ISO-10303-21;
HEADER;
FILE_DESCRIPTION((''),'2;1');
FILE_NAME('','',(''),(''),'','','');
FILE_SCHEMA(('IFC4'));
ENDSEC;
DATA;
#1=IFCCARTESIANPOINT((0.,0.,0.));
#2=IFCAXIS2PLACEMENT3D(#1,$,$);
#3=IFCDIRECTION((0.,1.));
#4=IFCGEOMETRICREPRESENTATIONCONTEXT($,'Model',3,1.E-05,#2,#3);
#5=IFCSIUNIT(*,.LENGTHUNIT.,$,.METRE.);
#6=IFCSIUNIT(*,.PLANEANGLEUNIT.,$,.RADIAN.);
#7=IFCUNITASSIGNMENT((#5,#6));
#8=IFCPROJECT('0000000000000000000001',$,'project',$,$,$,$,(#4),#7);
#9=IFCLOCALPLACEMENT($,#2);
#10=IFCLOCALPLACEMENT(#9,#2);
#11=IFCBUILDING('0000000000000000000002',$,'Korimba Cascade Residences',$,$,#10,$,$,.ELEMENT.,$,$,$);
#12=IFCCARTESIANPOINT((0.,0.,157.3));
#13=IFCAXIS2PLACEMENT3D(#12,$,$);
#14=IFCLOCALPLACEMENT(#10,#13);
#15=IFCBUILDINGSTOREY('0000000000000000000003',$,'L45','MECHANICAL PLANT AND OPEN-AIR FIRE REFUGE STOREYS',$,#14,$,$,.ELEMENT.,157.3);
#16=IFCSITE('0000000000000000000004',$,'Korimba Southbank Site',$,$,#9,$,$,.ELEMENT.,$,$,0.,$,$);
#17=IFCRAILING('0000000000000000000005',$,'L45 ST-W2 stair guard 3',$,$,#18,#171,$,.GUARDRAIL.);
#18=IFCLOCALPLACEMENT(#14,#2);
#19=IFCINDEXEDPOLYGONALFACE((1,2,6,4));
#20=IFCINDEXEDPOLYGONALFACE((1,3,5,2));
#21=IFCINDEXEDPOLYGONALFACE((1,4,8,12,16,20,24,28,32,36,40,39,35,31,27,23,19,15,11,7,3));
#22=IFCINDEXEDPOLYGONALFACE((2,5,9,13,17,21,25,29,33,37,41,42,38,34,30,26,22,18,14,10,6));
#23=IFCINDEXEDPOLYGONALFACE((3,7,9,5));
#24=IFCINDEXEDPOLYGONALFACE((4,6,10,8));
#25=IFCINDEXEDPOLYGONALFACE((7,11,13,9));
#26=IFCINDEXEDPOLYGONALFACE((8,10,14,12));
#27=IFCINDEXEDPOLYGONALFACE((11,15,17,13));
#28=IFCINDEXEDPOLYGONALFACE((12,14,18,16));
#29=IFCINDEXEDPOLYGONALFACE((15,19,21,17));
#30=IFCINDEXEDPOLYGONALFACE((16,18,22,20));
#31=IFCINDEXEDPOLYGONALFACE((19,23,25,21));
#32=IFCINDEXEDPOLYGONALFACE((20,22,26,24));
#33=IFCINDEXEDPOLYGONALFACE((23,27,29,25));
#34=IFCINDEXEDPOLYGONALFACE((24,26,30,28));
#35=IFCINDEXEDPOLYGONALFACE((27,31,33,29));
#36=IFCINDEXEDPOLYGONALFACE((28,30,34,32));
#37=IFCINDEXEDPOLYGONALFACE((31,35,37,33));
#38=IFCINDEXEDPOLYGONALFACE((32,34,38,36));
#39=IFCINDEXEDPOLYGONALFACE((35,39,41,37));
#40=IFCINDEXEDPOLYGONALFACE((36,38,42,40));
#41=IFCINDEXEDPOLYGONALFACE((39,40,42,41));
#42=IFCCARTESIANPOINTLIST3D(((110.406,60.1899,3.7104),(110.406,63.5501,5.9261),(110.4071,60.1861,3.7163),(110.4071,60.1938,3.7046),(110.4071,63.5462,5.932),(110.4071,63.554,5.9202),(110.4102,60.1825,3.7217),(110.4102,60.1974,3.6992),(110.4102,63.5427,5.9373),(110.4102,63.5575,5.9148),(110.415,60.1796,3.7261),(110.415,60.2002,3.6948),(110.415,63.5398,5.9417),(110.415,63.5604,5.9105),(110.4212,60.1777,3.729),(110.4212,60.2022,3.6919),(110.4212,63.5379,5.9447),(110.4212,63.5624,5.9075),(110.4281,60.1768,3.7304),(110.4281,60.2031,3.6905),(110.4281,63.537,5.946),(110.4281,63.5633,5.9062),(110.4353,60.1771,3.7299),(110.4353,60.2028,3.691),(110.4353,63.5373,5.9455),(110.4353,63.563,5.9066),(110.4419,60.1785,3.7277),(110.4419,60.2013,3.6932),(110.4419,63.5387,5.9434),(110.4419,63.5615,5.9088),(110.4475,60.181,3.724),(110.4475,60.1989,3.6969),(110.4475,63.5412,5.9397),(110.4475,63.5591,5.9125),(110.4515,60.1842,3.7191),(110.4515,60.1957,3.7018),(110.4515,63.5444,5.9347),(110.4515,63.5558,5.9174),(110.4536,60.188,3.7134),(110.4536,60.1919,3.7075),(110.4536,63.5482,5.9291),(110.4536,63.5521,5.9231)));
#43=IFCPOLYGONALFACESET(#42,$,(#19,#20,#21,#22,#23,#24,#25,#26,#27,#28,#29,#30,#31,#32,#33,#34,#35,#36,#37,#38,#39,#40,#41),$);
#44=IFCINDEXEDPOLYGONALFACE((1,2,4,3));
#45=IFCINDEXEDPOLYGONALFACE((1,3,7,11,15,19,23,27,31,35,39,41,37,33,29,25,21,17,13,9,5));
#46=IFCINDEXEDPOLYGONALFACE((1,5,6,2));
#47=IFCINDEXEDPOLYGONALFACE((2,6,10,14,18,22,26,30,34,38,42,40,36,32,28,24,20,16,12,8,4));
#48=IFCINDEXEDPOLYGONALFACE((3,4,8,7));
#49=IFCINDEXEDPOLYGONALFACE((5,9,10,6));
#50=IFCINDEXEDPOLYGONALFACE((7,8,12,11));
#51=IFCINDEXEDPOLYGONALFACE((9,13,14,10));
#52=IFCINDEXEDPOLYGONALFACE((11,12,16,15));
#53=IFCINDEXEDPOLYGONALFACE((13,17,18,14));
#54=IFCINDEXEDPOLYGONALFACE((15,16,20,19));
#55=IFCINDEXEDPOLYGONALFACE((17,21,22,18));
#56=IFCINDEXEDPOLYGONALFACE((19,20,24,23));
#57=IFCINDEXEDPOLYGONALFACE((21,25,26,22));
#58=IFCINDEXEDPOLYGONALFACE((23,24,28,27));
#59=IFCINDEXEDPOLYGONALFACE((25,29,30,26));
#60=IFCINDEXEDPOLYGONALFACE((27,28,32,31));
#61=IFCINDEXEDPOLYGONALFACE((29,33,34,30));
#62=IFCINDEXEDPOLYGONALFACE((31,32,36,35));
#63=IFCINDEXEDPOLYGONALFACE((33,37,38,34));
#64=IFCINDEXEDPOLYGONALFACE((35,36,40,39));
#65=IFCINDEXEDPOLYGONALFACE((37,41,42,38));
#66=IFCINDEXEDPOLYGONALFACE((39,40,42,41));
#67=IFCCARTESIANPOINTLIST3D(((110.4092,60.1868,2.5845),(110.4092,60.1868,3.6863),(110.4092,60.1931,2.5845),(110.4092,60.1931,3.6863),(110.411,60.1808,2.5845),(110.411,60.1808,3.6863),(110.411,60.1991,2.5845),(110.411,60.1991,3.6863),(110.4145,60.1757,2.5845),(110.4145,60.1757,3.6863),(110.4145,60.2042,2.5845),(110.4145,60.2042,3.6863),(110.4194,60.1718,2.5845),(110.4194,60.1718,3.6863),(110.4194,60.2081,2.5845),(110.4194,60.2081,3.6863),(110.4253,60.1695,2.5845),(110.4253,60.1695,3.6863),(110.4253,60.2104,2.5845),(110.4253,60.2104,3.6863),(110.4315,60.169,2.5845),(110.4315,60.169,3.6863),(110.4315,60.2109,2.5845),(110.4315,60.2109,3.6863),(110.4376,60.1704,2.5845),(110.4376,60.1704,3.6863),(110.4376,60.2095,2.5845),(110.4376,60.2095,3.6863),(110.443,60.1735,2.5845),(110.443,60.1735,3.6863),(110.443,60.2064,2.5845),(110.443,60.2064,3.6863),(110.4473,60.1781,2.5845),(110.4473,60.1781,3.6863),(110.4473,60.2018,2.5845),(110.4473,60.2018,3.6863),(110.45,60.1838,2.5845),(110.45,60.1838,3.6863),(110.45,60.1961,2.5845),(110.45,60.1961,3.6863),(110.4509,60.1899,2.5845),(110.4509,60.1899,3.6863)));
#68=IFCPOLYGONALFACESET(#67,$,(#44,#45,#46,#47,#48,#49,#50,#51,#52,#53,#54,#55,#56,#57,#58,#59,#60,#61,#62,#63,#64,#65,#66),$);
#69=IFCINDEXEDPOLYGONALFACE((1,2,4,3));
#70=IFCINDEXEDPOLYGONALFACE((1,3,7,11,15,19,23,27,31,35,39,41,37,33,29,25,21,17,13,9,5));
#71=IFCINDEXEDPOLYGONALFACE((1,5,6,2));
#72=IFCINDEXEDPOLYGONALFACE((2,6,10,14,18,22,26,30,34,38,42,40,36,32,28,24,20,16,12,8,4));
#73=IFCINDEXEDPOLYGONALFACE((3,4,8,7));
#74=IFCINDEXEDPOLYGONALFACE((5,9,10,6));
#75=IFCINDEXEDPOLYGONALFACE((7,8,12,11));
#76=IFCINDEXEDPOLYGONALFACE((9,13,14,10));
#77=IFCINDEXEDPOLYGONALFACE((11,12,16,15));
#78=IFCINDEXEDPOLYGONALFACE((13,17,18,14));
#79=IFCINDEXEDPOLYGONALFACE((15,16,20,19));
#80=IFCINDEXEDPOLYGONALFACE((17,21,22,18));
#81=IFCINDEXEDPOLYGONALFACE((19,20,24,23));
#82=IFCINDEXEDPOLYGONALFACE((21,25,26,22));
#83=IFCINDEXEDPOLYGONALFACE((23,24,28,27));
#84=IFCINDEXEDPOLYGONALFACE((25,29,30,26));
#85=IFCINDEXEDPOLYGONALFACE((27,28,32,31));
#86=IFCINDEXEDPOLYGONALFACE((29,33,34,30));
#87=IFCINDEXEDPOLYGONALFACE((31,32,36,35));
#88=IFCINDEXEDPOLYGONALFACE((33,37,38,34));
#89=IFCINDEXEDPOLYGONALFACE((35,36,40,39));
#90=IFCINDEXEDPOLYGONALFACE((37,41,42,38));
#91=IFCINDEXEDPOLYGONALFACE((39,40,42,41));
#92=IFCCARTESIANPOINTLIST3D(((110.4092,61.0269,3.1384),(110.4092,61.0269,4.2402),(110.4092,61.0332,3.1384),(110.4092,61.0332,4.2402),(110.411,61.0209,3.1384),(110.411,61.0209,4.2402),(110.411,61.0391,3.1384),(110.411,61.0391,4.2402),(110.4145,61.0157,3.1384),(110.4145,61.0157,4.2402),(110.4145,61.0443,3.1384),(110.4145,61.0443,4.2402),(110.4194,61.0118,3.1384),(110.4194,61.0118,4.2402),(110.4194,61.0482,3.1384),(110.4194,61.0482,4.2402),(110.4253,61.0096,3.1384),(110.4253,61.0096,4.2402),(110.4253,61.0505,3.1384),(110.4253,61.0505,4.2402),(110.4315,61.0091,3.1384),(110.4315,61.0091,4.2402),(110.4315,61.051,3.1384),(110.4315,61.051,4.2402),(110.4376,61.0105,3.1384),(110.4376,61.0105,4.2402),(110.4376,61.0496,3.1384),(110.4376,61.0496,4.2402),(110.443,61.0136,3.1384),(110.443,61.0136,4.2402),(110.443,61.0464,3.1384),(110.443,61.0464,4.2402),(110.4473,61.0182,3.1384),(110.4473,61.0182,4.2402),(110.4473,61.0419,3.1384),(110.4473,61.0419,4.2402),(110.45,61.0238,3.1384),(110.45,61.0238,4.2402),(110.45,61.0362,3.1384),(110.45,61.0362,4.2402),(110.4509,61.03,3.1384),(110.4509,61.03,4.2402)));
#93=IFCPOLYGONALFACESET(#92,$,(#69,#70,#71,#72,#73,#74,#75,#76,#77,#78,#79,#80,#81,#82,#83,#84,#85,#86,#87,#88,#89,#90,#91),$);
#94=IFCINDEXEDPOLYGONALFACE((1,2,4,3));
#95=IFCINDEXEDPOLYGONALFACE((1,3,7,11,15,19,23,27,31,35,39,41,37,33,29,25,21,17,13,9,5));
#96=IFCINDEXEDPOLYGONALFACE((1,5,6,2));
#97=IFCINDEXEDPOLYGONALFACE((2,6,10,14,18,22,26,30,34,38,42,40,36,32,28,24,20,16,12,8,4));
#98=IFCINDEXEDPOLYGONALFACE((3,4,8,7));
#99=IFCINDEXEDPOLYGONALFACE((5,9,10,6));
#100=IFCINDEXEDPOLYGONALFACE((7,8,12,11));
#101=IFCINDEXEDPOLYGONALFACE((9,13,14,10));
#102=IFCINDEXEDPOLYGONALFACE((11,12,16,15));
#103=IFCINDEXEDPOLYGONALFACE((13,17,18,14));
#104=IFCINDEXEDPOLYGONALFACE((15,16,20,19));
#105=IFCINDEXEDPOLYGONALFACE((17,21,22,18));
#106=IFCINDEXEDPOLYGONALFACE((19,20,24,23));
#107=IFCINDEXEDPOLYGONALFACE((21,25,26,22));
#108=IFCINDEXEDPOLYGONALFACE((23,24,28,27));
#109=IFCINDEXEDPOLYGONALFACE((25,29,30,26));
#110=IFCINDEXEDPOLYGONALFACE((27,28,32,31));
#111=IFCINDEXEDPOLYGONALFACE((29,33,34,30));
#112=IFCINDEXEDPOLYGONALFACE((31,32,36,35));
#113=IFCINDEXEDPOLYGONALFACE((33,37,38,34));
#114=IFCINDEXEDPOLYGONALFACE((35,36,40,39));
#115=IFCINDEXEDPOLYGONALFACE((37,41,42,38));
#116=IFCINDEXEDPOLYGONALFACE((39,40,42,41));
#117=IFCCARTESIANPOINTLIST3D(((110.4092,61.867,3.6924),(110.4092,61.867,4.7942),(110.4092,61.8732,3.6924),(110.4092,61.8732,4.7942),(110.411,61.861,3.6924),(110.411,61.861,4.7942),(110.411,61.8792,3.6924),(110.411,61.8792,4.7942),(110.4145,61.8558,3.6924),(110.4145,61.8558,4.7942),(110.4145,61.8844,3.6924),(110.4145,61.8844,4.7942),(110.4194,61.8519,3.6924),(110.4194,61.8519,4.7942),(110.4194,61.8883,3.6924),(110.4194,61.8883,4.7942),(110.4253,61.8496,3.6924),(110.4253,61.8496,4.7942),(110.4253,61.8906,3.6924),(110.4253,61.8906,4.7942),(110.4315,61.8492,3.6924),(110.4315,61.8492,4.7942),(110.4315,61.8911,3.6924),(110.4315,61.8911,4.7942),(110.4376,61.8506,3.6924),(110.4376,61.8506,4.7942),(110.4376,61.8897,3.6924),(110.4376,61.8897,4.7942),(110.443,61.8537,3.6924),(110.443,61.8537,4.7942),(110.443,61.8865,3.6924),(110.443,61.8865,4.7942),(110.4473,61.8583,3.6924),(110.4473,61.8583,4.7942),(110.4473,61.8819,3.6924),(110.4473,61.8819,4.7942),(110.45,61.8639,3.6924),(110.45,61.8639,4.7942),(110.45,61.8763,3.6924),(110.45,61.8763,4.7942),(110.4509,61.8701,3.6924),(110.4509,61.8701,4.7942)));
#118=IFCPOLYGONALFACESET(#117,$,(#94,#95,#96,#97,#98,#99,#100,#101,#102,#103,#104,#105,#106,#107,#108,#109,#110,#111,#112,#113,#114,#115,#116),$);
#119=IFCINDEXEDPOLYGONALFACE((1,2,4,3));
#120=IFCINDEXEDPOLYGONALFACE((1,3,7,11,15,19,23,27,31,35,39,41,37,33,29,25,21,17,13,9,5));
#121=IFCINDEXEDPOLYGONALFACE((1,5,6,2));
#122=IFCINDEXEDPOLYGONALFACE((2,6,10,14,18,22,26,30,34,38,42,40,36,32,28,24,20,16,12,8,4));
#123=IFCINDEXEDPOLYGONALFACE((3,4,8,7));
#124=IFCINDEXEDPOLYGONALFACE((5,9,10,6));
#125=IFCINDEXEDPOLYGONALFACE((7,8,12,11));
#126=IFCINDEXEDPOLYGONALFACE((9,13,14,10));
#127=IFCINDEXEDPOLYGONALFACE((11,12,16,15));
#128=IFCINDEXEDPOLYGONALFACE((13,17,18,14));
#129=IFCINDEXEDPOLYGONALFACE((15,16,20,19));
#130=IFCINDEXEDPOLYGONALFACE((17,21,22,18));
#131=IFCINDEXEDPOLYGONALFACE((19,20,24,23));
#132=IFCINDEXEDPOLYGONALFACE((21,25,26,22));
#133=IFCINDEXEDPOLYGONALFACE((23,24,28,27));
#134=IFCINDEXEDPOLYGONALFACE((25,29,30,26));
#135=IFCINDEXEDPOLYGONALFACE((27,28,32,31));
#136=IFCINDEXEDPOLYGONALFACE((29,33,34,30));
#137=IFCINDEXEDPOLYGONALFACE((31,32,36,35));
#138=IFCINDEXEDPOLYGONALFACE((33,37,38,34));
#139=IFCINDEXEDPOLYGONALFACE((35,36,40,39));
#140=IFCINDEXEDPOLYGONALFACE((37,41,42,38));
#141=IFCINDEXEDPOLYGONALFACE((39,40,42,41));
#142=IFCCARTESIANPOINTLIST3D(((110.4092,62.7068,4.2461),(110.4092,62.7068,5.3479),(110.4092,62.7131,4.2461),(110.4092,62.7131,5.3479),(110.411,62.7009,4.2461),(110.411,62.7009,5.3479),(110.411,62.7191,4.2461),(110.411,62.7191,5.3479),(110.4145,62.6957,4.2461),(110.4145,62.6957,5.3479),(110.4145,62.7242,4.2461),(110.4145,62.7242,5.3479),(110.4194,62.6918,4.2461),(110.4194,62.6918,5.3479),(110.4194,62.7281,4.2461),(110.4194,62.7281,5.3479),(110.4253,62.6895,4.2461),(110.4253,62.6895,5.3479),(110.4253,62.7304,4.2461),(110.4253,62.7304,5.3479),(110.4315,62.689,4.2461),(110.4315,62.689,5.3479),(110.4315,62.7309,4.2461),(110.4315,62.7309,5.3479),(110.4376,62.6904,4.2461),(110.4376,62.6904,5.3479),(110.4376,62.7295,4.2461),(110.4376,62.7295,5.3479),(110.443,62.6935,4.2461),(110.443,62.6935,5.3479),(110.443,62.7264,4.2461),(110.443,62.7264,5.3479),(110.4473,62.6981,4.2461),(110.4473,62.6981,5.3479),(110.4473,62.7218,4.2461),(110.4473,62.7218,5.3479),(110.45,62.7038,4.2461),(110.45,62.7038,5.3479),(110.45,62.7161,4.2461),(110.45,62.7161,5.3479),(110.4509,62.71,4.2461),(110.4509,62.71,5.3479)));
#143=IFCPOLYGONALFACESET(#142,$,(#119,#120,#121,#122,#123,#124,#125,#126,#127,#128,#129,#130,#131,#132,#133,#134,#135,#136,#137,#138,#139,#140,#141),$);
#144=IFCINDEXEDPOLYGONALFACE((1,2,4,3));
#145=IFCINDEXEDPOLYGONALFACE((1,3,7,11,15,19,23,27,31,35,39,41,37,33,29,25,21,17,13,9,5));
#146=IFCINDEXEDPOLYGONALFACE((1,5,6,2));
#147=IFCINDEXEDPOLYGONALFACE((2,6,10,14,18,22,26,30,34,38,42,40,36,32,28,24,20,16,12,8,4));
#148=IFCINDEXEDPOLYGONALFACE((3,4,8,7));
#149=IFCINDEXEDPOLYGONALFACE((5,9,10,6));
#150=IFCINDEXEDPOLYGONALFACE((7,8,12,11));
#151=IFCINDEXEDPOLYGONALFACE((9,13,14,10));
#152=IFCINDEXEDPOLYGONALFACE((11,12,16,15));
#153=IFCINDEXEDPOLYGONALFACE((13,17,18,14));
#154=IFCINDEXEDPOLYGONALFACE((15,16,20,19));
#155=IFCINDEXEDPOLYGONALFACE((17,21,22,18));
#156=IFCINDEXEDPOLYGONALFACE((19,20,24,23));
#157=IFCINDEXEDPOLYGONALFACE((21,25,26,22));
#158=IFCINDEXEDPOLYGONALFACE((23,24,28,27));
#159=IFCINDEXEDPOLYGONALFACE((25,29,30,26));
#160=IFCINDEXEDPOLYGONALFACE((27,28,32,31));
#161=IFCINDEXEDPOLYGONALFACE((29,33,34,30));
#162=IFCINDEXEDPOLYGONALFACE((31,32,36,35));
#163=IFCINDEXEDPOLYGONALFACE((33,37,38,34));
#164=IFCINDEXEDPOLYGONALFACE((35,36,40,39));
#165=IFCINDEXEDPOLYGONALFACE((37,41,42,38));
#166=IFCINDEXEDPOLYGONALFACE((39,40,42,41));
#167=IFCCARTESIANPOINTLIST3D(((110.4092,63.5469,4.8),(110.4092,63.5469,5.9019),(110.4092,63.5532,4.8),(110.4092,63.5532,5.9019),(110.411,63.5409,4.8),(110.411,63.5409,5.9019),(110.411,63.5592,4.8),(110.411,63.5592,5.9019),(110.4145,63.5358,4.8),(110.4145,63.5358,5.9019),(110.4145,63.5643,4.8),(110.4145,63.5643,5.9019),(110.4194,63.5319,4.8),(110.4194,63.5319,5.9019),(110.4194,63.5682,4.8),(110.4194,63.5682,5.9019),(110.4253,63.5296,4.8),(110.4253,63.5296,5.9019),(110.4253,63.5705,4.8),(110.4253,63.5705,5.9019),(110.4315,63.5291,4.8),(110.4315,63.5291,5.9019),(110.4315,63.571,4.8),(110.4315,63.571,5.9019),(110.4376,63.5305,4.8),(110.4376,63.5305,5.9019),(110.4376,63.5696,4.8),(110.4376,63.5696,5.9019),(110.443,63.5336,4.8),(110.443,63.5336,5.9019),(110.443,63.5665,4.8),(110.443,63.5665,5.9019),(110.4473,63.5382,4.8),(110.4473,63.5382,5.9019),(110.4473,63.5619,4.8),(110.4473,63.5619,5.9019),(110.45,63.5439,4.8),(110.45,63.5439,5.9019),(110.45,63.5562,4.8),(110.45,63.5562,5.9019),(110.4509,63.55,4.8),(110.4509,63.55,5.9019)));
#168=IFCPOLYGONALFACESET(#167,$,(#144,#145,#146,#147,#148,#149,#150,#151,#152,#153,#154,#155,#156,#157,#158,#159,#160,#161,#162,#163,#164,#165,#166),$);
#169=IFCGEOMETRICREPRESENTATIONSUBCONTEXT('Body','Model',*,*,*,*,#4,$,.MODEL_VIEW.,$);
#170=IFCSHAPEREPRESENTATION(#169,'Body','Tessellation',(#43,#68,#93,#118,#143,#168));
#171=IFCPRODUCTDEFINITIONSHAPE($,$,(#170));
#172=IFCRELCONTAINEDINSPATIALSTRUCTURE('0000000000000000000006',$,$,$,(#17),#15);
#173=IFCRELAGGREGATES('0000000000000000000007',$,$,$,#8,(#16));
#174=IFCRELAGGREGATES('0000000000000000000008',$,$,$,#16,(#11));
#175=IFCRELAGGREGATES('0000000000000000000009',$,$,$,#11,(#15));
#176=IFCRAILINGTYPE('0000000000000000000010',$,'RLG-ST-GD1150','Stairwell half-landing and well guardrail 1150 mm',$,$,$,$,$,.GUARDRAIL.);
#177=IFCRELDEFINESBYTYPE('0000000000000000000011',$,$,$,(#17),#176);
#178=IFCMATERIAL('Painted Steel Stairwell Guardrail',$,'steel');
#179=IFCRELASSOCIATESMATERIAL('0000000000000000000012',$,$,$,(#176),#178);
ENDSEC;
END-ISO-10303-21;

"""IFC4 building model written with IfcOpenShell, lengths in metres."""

from ifc_helpers import new_model, si_unit, direction, frame, origin, origin_2d, place, context, subcontext, project, spatial, circle, extrude, material, type_object, element, save


model = new_model("IFC4")

# Units and contexts
model_context = context("Model", 3, precision=1e-05, world=origin(), true_north=direction((0.0, 1.0)))
body_context = subcontext(model_context, "Body", "Model", "MODEL_VIEW")
ifc_project = project(units=[si_unit("LENGTHUNIT", "METRE"), si_unit("PLANEANGLEUNIT", "RADIAN")], contexts=[model_context])

# Site, building, storey
site_placement = place(None, origin())
site = spatial("IfcSite", under=ifc_project, at=site_placement, Name="Korimba Southbank Site", CompositionType="ELEMENT", RefElevation=0.0)
building_placement = place(site_placement, origin())
building = spatial("IfcBuilding", under=site, at=building_placement, Name="Korimba Cascade Residences", CompositionType="ELEMENT")
storey_placement = place(building_placement, frame((0.0, 0.0, 157.3)))
storey = spatial("IfcBuildingStorey", under=building, at=storey_placement, Name="L45", Description="MECHANICAL PLANT AND OPEN-AIR FIRE REFUGE STOREYS", CompositionType="ELEMENT", Elevation=157.3)

# Railing
ifc_material_1 = material(Name="Painted Steel Stairwell Guardrail", Category="steel")
railing_type_1 = type_object("IfcRailingType", Name="RLG-ST-GD1150", Description="Stairwell half-landing and well guardrail 1150 mm", PredefinedType="GUARDRAIL", material=ifc_material_1)
railing_1_placement = place(storey_placement, frame((110.4299, 60.1899, 2.5845)))
element("IfcRailing", 1, at=railing_1_placement, inside=storey, type_object=railing_type_1, Name="L45 ST-W2 stair guard 3", PredefinedType="GUARDRAIL", context=body_context, shape_type="SweptSolid", body=[
    extrude(circle(Radius=0.0239, at=origin_2d()), frame((0.0, 0.0, 1.126), z_axis=(0.0, 0.834849, 0.55048), x_axis=(-1.0, 0.0, 0.0)), (0.0, 0.0, 1.0), 4.0249),
    extrude(circle(Radius=0.021, at=origin_2d()), origin(), (0.0, 0.0, 1.0), 1.1018),
    extrude(circle(Radius=0.021, at=origin_2d()), frame((0.0, 0.8401, 0.554)), (0.0, 0.0, 1.0), 1.1018),
    extrude(circle(Radius=0.021, at=origin_2d()), frame((0.0, 1.6802, 1.1079)), (0.0, 0.0, 1.0), 1.1018),
    extrude(circle(Radius=0.021, at=origin_2d()), frame((0.0, 2.52, 1.6616)), (0.0, 0.0, 1.0), 1.1018),
    extrude(circle(Radius=0.021, at=origin_2d()), frame((0.0, 3.3601, 2.2156)), (0.0, 0.0, 1.0), 1.1018),
])

save(model, "model.ifc")
